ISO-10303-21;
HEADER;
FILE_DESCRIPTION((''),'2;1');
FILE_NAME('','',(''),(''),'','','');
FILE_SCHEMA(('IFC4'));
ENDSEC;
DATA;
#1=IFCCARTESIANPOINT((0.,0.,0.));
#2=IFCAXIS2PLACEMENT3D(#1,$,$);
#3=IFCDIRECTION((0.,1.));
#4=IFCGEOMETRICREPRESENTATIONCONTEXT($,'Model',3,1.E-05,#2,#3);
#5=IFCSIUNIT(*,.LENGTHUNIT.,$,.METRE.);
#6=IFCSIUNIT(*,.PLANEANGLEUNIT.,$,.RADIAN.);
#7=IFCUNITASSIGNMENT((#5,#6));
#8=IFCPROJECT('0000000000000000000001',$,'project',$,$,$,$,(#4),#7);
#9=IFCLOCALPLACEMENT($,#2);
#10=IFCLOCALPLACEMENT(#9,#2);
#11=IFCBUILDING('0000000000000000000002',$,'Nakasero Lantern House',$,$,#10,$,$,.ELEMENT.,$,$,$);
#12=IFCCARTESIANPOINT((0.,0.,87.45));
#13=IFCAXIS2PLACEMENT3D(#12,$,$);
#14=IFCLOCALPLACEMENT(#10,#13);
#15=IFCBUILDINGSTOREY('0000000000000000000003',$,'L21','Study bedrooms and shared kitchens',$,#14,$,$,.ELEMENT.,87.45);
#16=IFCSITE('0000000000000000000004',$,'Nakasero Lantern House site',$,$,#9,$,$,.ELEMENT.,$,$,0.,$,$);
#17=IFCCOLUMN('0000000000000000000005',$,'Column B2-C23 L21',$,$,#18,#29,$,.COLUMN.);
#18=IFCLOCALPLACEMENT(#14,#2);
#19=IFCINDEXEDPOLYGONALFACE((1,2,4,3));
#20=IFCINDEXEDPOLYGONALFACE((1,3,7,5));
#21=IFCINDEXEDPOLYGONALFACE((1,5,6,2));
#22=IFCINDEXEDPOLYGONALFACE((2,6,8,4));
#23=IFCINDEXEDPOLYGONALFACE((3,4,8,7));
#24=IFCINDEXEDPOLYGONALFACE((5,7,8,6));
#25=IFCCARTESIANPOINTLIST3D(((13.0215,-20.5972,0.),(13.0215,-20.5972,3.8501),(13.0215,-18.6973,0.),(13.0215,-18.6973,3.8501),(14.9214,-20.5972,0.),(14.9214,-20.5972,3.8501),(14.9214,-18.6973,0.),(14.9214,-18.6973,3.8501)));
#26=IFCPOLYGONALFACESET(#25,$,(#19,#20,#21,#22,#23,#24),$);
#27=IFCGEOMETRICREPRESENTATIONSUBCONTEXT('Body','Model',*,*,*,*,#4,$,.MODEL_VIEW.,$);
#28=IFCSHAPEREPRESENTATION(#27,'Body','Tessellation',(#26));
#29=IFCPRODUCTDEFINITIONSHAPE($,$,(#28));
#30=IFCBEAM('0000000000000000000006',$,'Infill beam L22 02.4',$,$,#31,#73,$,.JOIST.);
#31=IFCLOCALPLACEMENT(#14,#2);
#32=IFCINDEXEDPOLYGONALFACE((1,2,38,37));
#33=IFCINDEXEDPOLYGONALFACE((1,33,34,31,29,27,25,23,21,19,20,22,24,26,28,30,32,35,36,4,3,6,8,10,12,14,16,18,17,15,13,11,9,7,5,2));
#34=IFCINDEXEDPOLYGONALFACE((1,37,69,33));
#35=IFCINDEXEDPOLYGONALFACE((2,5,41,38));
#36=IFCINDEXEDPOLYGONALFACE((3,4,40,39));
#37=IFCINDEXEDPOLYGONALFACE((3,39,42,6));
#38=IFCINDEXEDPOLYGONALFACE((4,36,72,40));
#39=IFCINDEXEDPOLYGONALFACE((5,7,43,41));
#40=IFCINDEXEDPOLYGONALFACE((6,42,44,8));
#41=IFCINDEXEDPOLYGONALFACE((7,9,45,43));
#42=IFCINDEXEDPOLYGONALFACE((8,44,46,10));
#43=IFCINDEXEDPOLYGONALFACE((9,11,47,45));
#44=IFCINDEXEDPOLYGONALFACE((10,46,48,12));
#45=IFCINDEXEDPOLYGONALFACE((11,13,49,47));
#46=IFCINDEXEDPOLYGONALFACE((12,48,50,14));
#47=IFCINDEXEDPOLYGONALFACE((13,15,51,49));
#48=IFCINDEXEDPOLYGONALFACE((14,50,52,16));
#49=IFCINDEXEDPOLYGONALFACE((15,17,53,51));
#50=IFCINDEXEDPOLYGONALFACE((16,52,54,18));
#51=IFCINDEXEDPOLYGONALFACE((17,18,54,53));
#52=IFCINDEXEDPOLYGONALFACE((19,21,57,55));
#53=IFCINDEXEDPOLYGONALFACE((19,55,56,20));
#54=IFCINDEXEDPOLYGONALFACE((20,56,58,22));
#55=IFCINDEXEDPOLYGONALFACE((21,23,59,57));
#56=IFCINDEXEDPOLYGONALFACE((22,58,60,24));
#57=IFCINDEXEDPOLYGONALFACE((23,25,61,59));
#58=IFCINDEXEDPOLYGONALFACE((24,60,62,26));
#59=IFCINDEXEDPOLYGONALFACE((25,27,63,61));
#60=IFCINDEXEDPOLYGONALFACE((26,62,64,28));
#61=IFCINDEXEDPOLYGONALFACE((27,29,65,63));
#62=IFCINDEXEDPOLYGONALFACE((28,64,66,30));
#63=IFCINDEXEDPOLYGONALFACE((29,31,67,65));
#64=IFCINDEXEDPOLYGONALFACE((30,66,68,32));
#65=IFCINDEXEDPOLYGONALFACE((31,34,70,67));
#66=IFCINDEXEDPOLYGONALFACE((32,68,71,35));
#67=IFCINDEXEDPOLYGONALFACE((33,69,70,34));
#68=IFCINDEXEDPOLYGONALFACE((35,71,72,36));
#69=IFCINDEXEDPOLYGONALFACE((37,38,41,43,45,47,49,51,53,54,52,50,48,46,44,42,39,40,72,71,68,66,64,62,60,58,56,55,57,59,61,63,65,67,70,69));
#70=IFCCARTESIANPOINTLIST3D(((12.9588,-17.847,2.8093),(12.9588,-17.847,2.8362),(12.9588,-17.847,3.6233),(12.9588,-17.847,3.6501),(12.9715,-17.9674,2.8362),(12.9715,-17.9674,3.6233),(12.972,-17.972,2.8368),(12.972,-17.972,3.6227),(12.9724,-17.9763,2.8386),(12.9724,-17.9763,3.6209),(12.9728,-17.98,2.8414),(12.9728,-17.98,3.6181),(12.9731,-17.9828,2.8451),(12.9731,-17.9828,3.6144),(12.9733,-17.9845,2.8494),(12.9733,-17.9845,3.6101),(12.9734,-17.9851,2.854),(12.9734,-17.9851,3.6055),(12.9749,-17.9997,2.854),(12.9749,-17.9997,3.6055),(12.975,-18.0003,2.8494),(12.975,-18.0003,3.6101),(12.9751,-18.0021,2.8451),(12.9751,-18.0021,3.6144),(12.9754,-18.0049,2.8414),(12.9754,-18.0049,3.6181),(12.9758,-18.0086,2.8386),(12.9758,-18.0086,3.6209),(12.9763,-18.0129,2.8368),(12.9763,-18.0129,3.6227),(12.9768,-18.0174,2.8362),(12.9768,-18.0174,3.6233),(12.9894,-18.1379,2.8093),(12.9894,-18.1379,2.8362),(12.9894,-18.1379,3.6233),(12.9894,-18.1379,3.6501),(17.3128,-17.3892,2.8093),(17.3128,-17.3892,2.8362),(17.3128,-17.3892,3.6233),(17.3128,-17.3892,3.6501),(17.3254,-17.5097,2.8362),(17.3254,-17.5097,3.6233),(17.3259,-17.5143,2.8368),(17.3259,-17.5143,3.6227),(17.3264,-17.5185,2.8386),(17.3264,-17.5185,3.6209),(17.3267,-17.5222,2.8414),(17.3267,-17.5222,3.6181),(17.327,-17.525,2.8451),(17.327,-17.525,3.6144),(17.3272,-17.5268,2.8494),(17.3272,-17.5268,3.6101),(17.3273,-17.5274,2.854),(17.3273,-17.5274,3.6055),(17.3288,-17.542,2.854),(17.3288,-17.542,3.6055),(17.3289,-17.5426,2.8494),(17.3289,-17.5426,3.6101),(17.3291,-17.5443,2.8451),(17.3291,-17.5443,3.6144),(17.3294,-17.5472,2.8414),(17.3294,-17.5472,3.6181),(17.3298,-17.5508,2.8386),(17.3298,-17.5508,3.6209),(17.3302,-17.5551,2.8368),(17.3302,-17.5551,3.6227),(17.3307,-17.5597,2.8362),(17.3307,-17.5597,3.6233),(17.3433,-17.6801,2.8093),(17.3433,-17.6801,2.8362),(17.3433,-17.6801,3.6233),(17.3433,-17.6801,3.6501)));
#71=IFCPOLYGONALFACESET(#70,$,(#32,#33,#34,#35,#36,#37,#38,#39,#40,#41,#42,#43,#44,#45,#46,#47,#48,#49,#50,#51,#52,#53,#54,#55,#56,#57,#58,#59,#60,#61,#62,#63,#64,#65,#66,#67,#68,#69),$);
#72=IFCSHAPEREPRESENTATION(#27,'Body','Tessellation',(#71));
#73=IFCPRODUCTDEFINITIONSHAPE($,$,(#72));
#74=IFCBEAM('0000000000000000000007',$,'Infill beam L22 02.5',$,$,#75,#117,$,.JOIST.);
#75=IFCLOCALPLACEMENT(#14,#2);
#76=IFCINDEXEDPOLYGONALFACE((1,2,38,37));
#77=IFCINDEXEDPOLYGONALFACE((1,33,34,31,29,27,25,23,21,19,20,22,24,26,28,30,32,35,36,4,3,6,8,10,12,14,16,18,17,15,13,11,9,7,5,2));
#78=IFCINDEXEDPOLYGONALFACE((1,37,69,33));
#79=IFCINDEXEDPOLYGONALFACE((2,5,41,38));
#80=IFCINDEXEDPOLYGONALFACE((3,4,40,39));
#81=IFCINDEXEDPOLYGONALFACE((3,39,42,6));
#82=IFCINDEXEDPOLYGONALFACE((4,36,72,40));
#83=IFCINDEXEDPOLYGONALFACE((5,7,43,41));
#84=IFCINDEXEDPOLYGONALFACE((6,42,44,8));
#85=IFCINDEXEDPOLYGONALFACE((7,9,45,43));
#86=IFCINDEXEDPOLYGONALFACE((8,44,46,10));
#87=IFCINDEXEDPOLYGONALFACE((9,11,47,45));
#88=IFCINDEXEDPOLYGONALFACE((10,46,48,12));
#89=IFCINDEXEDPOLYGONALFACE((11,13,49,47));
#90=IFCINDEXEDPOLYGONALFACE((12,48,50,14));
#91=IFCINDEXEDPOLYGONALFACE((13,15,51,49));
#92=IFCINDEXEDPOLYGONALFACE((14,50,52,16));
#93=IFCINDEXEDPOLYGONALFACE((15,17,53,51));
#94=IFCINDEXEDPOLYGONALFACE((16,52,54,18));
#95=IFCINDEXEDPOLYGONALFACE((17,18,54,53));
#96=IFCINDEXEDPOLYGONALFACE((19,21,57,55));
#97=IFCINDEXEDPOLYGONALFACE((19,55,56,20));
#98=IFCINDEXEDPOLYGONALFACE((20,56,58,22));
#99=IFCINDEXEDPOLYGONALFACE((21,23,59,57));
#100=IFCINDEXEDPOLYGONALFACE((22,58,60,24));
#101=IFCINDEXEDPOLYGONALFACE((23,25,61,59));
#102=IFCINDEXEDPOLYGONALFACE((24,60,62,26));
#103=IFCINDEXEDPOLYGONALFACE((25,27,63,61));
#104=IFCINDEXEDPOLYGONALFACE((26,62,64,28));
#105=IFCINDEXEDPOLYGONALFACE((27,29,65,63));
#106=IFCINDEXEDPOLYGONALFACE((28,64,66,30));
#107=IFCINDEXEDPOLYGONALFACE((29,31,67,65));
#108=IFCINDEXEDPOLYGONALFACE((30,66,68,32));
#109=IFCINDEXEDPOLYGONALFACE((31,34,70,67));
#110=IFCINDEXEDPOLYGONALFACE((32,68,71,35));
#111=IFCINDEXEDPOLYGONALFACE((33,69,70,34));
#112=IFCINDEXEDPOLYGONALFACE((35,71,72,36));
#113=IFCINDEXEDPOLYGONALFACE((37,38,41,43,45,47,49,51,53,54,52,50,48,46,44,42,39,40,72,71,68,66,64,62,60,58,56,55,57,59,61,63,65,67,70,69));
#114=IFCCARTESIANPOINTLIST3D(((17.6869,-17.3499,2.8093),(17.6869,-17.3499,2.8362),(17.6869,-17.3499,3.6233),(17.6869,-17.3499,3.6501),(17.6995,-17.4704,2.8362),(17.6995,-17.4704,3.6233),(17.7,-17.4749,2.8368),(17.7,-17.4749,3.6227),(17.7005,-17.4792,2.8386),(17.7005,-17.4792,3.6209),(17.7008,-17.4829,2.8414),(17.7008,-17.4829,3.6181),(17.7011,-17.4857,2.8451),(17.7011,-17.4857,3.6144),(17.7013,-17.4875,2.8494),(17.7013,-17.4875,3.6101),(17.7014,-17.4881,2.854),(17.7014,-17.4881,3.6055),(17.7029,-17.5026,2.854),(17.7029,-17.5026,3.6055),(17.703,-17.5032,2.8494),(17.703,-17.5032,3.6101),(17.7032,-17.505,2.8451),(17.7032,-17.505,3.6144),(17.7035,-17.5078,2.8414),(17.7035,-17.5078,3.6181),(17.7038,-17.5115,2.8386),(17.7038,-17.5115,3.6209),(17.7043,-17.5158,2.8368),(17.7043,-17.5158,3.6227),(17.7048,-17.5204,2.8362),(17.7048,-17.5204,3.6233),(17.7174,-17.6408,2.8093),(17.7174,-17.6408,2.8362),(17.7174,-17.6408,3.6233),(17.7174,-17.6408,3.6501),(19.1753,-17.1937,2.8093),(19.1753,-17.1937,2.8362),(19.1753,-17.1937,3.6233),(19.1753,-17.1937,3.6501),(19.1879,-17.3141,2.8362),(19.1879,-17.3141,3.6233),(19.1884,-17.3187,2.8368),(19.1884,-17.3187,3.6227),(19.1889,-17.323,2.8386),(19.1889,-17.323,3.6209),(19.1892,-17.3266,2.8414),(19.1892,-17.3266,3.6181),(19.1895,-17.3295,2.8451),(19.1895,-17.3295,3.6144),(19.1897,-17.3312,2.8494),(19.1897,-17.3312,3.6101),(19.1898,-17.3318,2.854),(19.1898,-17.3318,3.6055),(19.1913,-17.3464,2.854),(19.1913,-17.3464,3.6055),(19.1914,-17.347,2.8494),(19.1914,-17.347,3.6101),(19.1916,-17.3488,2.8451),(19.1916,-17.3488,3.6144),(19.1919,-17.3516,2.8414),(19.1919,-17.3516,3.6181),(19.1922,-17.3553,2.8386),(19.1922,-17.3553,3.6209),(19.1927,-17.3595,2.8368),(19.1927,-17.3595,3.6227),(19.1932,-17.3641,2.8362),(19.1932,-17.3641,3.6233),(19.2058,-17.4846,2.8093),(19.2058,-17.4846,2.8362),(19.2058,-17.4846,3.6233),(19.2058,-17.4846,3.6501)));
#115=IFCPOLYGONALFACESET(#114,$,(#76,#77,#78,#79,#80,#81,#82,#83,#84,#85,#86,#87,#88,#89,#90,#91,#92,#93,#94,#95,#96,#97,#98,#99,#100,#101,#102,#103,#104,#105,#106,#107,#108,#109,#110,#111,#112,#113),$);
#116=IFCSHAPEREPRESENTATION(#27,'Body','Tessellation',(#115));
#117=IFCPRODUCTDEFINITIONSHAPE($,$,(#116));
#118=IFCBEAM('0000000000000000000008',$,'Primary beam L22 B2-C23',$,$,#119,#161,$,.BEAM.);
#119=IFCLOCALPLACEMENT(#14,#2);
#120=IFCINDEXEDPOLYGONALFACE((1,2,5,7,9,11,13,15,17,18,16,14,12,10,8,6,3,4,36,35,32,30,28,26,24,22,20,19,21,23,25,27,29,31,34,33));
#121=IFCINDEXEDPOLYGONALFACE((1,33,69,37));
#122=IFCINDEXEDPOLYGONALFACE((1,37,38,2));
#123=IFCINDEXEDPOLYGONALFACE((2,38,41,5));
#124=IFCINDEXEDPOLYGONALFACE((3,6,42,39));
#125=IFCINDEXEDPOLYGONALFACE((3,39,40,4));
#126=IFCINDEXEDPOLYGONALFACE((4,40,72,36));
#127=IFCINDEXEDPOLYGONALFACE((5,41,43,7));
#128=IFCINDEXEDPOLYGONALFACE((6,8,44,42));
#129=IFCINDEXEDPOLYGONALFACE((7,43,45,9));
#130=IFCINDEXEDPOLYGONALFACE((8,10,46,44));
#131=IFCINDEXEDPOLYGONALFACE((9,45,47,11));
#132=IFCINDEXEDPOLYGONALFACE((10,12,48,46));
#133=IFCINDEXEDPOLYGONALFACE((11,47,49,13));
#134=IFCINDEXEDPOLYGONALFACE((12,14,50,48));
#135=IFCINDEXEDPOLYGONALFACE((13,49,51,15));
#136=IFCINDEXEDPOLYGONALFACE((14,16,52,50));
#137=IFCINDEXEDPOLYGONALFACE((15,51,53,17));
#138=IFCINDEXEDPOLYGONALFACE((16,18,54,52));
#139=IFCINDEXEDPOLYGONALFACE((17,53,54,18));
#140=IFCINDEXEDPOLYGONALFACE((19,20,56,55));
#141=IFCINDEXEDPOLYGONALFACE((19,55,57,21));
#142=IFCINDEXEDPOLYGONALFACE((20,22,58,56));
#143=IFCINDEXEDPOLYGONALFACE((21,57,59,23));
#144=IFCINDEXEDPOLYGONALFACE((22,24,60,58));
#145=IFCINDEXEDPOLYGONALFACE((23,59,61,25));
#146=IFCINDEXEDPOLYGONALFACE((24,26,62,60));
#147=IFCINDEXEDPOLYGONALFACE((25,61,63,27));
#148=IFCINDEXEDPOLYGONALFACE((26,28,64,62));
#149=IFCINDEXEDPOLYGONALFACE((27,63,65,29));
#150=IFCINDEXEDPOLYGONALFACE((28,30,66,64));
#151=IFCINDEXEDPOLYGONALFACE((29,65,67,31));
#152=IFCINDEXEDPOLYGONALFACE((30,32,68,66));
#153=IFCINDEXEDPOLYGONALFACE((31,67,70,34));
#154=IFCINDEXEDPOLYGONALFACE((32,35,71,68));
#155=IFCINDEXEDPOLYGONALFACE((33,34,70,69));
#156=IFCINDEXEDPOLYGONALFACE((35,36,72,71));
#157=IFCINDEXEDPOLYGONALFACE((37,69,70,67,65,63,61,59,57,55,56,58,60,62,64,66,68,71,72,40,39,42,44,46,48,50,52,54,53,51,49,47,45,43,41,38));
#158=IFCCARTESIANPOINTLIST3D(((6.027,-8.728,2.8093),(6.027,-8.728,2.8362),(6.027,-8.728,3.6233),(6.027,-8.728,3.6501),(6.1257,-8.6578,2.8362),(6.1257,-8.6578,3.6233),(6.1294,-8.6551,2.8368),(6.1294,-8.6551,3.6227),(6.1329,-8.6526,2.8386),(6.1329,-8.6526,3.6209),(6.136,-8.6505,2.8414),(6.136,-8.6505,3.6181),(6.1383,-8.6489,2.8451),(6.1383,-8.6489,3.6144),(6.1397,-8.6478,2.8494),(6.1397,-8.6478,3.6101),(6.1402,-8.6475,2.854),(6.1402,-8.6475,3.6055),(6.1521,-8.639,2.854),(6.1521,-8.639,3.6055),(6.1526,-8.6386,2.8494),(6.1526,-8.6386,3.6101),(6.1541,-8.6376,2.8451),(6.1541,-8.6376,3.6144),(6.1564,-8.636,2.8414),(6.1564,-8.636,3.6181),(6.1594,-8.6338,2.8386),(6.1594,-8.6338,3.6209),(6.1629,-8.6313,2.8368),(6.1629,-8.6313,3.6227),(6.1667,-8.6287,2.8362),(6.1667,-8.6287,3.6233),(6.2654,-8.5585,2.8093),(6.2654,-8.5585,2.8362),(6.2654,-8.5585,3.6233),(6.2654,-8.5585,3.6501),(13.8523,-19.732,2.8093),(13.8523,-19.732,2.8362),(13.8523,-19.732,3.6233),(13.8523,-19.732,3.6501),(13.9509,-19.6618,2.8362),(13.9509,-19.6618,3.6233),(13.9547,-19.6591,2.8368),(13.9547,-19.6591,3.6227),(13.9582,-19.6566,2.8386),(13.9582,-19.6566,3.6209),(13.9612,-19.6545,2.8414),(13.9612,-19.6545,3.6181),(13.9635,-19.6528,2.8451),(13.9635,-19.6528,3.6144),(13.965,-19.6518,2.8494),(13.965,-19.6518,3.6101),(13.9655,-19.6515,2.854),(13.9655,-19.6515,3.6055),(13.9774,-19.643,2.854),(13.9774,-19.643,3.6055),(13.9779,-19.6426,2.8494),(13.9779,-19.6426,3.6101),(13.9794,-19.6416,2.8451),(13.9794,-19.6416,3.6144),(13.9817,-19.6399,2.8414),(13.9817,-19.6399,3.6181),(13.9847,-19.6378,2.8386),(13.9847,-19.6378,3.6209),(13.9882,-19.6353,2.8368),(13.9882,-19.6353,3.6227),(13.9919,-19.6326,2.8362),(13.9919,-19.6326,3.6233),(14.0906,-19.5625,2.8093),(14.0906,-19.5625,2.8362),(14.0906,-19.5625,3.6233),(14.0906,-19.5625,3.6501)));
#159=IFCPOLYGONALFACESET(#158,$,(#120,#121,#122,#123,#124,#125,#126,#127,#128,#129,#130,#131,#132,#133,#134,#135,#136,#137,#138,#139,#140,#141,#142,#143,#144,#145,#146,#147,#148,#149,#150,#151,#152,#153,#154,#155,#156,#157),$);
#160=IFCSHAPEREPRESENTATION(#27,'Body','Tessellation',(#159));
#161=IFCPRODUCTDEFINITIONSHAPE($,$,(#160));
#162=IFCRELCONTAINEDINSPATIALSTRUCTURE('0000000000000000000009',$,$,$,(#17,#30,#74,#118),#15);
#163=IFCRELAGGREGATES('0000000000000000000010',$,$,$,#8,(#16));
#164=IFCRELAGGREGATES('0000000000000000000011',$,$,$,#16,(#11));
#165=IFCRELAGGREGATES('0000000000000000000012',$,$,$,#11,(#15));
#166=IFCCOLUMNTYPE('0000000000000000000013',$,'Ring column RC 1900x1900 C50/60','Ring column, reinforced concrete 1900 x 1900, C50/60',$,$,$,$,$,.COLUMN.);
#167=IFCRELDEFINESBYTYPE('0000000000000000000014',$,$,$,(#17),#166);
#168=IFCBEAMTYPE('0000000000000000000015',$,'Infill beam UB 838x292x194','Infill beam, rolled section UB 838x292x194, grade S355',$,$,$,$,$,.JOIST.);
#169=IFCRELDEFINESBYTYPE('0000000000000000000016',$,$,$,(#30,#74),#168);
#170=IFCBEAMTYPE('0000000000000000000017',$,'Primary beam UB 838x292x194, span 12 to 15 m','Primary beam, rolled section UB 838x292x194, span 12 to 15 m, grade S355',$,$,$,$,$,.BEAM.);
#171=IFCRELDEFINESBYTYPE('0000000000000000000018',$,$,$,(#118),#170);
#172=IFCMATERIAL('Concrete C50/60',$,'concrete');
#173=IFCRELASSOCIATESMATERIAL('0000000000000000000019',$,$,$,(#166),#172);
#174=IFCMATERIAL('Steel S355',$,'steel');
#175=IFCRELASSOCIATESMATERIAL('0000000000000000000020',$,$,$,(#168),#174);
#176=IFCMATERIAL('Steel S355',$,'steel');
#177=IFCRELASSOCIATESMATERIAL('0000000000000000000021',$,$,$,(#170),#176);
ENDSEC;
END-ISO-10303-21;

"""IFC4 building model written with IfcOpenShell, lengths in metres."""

from ifc_helpers import new_model, si_unit, direction, frame, origin, origin_2d, place, context, subcontext, project, spatial, rectangle, i_section, extrude, material, material_profile, profile_set, type_object, element, save


model = new_model("IFC4")

# Units and contexts
model_context = context("Model", 3, precision=1e-05, world=origin(), true_north=direction((0.0, 1.0)))
body_context = subcontext(model_context, "Body", "Model", "MODEL_VIEW")
ifc_project = project(units=[si_unit("LENGTHUNIT", "METRE"), si_unit("PLANEANGLEUNIT", "RADIAN")], contexts=[model_context])

# Site, building, storey
site_placement = place(None, origin())
site = spatial("IfcSite", under=ifc_project, at=site_placement, Name="Nakasero Lantern House site", CompositionType="ELEMENT", RefElevation=0.0)
building_placement = place(site_placement, origin())
building = spatial("IfcBuilding", under=site, at=building_placement, Name="Nakasero Lantern House", CompositionType="ELEMENT")
storey_placement = place(building_placement, frame((0.0, 0.0, 87.45)))
storey = spatial("IfcBuildingStorey", under=building, at=storey_placement, Name="L21", Description="Study bedrooms and shared kitchens", CompositionType="ELEMENT", Elevation=87.45)

# Column
ifc_material_1 = material(Name="Concrete C50/60", Category="concrete")
ifc_material_profile_1 = material_profile(ifc_material_1, rectangle(XDim=1.8999, YDim=1.8999, at=origin_2d()), Name="RC 1900x1900")
ifc_profile_set_1 = profile_set([ifc_material_profile_1], Name="Concrete C50/60")
column_type = type_object("IfcColumnType", Name="Ring column RC 1900x1900 C50/60", Description="Ring column, reinforced concrete 1900 x 1900, C50/60", PredefinedType="COLUMN", material=ifc_profile_set_1)
column_placement = place(storey_placement, frame((13.9714, -19.6472, 0.0), z_axis=(0.0, 0.0, 1.0), x_axis=(1.0, 0.0, 0.0)))
element("IfcColumn", 1, at=column_placement, inside=storey, type_object=column_type, Name="Column B2-C23 L21", PredefinedType="COLUMN", context=body_context, shape_type="SweptSolid", body=[
    extrude(rectangle(XDim=1.8999, YDim=1.8999, at=origin_2d()), origin(), (0.0, 0.0, 1.0), 3.8501),
])

# Beams
ifc_material_2 = material(Name="Steel S355", Category="steel")
ifc_material_profile_2 = material_profile(ifc_material_2, i_section(OverallWidth=0.2925, OverallDepth=0.8408, WebThickness=0.0146, FlangeThickness=0.0269, FilletRadius=0.0178, at=origin_2d()), Name="UB 838x292x194")
ifc_profile_set_2 = profile_set([ifc_material_profile_2], Name="Steel S355")
beam_type_1 = type_object("IfcBeamType", Name="Infill beam UB 838x292x194", Description="Infill beam, rolled section UB 838x292x194, grade S355", PredefinedType="JOIST", material=ifc_profile_set_2)
beam_1_placement = place(storey_placement, frame((12.9741, -17.9924, 3.2297), z_axis=(0.994519, 0.10456, 0.0), x_axis=(-0.10456, 0.994519, 0.0)))
element("IfcBeam", 2, at=beam_1_placement, inside=storey, type_object=beam_type_1, Name="Infill beam L22 02.4", PredefinedType="JOIST", context=body_context, shape_type="SweptSolid", body=[
    extrude(i_section(OverallWidth=0.2925, OverallDepth=0.8408, WebThickness=0.0146, FlangeThickness=0.0269, FilletRadius=0.0178, at=origin_2d()), origin(), (0.0, 0.0, 1.0), 4.3779),
])
beam_2_placement = place(storey_placement, frame((17.7021, -17.4954, 3.2297), z_axis=(0.994536, 0.104396, 0.0), x_axis=(-0.104396, 0.994536, 0.0)))
element("IfcBeam", 3, at=beam_2_placement, inside=storey, type_object=beam_type_1, Name="Infill beam L22 02.5", PredefinedType="JOIST", context=body_context, shape_type="SweptSolid", body=[
    extrude(i_section(OverallWidth=0.2925, OverallDepth=0.8408, WebThickness=0.0146, FlangeThickness=0.0269, FilletRadius=0.0178, at=origin_2d()), origin(), (0.0, 0.0, 1.0), 1.4966),
])
ifc_material_3 = material(Name="Steel S355", Category="steel")
ifc_material_profile_3 = material_profile(ifc_material_3, i_section(OverallWidth=0.2925, OverallDepth=0.8408, WebThickness=0.0146, FlangeThickness=0.0269, FilletRadius=0.0178, at=origin_2d()), Name="UB 838x292x194")
ifc_profile_set_3 = profile_set([ifc_material_profile_3], Name="Steel S355")
beam_type_2 = type_object("IfcBeamType", Name="Primary beam UB 838x292x194, span 12 to 15 m", Description="Primary beam, rolled section UB 838x292x194, span 12 to 15 m, grade S355", PredefinedType="BEAM", material=ifc_profile_set_3)
beam_3_placement = place(storey_placement, frame((13.9714, -19.6472, 3.2297), z_axis=(-0.579533, 0.814948, 0.0), x_axis=(-0.814948, -0.579533, 0.0)))
element("IfcBeam", 4, at=beam_3_placement, inside=storey, type_object=beam_type_2, Name="Primary beam L22 B2-C23", PredefinedType="BEAM", context=body_context, shape_type="SweptSolid", body=[
    extrude(i_section(OverallWidth=0.2925, OverallDepth=0.8408, WebThickness=0.0146, FlangeThickness=0.0269, FilletRadius=0.0178, at=origin_2d()), origin(), (0.0, 0.0, 1.0), 13.5027),
])

save(model, "model.ifc")
